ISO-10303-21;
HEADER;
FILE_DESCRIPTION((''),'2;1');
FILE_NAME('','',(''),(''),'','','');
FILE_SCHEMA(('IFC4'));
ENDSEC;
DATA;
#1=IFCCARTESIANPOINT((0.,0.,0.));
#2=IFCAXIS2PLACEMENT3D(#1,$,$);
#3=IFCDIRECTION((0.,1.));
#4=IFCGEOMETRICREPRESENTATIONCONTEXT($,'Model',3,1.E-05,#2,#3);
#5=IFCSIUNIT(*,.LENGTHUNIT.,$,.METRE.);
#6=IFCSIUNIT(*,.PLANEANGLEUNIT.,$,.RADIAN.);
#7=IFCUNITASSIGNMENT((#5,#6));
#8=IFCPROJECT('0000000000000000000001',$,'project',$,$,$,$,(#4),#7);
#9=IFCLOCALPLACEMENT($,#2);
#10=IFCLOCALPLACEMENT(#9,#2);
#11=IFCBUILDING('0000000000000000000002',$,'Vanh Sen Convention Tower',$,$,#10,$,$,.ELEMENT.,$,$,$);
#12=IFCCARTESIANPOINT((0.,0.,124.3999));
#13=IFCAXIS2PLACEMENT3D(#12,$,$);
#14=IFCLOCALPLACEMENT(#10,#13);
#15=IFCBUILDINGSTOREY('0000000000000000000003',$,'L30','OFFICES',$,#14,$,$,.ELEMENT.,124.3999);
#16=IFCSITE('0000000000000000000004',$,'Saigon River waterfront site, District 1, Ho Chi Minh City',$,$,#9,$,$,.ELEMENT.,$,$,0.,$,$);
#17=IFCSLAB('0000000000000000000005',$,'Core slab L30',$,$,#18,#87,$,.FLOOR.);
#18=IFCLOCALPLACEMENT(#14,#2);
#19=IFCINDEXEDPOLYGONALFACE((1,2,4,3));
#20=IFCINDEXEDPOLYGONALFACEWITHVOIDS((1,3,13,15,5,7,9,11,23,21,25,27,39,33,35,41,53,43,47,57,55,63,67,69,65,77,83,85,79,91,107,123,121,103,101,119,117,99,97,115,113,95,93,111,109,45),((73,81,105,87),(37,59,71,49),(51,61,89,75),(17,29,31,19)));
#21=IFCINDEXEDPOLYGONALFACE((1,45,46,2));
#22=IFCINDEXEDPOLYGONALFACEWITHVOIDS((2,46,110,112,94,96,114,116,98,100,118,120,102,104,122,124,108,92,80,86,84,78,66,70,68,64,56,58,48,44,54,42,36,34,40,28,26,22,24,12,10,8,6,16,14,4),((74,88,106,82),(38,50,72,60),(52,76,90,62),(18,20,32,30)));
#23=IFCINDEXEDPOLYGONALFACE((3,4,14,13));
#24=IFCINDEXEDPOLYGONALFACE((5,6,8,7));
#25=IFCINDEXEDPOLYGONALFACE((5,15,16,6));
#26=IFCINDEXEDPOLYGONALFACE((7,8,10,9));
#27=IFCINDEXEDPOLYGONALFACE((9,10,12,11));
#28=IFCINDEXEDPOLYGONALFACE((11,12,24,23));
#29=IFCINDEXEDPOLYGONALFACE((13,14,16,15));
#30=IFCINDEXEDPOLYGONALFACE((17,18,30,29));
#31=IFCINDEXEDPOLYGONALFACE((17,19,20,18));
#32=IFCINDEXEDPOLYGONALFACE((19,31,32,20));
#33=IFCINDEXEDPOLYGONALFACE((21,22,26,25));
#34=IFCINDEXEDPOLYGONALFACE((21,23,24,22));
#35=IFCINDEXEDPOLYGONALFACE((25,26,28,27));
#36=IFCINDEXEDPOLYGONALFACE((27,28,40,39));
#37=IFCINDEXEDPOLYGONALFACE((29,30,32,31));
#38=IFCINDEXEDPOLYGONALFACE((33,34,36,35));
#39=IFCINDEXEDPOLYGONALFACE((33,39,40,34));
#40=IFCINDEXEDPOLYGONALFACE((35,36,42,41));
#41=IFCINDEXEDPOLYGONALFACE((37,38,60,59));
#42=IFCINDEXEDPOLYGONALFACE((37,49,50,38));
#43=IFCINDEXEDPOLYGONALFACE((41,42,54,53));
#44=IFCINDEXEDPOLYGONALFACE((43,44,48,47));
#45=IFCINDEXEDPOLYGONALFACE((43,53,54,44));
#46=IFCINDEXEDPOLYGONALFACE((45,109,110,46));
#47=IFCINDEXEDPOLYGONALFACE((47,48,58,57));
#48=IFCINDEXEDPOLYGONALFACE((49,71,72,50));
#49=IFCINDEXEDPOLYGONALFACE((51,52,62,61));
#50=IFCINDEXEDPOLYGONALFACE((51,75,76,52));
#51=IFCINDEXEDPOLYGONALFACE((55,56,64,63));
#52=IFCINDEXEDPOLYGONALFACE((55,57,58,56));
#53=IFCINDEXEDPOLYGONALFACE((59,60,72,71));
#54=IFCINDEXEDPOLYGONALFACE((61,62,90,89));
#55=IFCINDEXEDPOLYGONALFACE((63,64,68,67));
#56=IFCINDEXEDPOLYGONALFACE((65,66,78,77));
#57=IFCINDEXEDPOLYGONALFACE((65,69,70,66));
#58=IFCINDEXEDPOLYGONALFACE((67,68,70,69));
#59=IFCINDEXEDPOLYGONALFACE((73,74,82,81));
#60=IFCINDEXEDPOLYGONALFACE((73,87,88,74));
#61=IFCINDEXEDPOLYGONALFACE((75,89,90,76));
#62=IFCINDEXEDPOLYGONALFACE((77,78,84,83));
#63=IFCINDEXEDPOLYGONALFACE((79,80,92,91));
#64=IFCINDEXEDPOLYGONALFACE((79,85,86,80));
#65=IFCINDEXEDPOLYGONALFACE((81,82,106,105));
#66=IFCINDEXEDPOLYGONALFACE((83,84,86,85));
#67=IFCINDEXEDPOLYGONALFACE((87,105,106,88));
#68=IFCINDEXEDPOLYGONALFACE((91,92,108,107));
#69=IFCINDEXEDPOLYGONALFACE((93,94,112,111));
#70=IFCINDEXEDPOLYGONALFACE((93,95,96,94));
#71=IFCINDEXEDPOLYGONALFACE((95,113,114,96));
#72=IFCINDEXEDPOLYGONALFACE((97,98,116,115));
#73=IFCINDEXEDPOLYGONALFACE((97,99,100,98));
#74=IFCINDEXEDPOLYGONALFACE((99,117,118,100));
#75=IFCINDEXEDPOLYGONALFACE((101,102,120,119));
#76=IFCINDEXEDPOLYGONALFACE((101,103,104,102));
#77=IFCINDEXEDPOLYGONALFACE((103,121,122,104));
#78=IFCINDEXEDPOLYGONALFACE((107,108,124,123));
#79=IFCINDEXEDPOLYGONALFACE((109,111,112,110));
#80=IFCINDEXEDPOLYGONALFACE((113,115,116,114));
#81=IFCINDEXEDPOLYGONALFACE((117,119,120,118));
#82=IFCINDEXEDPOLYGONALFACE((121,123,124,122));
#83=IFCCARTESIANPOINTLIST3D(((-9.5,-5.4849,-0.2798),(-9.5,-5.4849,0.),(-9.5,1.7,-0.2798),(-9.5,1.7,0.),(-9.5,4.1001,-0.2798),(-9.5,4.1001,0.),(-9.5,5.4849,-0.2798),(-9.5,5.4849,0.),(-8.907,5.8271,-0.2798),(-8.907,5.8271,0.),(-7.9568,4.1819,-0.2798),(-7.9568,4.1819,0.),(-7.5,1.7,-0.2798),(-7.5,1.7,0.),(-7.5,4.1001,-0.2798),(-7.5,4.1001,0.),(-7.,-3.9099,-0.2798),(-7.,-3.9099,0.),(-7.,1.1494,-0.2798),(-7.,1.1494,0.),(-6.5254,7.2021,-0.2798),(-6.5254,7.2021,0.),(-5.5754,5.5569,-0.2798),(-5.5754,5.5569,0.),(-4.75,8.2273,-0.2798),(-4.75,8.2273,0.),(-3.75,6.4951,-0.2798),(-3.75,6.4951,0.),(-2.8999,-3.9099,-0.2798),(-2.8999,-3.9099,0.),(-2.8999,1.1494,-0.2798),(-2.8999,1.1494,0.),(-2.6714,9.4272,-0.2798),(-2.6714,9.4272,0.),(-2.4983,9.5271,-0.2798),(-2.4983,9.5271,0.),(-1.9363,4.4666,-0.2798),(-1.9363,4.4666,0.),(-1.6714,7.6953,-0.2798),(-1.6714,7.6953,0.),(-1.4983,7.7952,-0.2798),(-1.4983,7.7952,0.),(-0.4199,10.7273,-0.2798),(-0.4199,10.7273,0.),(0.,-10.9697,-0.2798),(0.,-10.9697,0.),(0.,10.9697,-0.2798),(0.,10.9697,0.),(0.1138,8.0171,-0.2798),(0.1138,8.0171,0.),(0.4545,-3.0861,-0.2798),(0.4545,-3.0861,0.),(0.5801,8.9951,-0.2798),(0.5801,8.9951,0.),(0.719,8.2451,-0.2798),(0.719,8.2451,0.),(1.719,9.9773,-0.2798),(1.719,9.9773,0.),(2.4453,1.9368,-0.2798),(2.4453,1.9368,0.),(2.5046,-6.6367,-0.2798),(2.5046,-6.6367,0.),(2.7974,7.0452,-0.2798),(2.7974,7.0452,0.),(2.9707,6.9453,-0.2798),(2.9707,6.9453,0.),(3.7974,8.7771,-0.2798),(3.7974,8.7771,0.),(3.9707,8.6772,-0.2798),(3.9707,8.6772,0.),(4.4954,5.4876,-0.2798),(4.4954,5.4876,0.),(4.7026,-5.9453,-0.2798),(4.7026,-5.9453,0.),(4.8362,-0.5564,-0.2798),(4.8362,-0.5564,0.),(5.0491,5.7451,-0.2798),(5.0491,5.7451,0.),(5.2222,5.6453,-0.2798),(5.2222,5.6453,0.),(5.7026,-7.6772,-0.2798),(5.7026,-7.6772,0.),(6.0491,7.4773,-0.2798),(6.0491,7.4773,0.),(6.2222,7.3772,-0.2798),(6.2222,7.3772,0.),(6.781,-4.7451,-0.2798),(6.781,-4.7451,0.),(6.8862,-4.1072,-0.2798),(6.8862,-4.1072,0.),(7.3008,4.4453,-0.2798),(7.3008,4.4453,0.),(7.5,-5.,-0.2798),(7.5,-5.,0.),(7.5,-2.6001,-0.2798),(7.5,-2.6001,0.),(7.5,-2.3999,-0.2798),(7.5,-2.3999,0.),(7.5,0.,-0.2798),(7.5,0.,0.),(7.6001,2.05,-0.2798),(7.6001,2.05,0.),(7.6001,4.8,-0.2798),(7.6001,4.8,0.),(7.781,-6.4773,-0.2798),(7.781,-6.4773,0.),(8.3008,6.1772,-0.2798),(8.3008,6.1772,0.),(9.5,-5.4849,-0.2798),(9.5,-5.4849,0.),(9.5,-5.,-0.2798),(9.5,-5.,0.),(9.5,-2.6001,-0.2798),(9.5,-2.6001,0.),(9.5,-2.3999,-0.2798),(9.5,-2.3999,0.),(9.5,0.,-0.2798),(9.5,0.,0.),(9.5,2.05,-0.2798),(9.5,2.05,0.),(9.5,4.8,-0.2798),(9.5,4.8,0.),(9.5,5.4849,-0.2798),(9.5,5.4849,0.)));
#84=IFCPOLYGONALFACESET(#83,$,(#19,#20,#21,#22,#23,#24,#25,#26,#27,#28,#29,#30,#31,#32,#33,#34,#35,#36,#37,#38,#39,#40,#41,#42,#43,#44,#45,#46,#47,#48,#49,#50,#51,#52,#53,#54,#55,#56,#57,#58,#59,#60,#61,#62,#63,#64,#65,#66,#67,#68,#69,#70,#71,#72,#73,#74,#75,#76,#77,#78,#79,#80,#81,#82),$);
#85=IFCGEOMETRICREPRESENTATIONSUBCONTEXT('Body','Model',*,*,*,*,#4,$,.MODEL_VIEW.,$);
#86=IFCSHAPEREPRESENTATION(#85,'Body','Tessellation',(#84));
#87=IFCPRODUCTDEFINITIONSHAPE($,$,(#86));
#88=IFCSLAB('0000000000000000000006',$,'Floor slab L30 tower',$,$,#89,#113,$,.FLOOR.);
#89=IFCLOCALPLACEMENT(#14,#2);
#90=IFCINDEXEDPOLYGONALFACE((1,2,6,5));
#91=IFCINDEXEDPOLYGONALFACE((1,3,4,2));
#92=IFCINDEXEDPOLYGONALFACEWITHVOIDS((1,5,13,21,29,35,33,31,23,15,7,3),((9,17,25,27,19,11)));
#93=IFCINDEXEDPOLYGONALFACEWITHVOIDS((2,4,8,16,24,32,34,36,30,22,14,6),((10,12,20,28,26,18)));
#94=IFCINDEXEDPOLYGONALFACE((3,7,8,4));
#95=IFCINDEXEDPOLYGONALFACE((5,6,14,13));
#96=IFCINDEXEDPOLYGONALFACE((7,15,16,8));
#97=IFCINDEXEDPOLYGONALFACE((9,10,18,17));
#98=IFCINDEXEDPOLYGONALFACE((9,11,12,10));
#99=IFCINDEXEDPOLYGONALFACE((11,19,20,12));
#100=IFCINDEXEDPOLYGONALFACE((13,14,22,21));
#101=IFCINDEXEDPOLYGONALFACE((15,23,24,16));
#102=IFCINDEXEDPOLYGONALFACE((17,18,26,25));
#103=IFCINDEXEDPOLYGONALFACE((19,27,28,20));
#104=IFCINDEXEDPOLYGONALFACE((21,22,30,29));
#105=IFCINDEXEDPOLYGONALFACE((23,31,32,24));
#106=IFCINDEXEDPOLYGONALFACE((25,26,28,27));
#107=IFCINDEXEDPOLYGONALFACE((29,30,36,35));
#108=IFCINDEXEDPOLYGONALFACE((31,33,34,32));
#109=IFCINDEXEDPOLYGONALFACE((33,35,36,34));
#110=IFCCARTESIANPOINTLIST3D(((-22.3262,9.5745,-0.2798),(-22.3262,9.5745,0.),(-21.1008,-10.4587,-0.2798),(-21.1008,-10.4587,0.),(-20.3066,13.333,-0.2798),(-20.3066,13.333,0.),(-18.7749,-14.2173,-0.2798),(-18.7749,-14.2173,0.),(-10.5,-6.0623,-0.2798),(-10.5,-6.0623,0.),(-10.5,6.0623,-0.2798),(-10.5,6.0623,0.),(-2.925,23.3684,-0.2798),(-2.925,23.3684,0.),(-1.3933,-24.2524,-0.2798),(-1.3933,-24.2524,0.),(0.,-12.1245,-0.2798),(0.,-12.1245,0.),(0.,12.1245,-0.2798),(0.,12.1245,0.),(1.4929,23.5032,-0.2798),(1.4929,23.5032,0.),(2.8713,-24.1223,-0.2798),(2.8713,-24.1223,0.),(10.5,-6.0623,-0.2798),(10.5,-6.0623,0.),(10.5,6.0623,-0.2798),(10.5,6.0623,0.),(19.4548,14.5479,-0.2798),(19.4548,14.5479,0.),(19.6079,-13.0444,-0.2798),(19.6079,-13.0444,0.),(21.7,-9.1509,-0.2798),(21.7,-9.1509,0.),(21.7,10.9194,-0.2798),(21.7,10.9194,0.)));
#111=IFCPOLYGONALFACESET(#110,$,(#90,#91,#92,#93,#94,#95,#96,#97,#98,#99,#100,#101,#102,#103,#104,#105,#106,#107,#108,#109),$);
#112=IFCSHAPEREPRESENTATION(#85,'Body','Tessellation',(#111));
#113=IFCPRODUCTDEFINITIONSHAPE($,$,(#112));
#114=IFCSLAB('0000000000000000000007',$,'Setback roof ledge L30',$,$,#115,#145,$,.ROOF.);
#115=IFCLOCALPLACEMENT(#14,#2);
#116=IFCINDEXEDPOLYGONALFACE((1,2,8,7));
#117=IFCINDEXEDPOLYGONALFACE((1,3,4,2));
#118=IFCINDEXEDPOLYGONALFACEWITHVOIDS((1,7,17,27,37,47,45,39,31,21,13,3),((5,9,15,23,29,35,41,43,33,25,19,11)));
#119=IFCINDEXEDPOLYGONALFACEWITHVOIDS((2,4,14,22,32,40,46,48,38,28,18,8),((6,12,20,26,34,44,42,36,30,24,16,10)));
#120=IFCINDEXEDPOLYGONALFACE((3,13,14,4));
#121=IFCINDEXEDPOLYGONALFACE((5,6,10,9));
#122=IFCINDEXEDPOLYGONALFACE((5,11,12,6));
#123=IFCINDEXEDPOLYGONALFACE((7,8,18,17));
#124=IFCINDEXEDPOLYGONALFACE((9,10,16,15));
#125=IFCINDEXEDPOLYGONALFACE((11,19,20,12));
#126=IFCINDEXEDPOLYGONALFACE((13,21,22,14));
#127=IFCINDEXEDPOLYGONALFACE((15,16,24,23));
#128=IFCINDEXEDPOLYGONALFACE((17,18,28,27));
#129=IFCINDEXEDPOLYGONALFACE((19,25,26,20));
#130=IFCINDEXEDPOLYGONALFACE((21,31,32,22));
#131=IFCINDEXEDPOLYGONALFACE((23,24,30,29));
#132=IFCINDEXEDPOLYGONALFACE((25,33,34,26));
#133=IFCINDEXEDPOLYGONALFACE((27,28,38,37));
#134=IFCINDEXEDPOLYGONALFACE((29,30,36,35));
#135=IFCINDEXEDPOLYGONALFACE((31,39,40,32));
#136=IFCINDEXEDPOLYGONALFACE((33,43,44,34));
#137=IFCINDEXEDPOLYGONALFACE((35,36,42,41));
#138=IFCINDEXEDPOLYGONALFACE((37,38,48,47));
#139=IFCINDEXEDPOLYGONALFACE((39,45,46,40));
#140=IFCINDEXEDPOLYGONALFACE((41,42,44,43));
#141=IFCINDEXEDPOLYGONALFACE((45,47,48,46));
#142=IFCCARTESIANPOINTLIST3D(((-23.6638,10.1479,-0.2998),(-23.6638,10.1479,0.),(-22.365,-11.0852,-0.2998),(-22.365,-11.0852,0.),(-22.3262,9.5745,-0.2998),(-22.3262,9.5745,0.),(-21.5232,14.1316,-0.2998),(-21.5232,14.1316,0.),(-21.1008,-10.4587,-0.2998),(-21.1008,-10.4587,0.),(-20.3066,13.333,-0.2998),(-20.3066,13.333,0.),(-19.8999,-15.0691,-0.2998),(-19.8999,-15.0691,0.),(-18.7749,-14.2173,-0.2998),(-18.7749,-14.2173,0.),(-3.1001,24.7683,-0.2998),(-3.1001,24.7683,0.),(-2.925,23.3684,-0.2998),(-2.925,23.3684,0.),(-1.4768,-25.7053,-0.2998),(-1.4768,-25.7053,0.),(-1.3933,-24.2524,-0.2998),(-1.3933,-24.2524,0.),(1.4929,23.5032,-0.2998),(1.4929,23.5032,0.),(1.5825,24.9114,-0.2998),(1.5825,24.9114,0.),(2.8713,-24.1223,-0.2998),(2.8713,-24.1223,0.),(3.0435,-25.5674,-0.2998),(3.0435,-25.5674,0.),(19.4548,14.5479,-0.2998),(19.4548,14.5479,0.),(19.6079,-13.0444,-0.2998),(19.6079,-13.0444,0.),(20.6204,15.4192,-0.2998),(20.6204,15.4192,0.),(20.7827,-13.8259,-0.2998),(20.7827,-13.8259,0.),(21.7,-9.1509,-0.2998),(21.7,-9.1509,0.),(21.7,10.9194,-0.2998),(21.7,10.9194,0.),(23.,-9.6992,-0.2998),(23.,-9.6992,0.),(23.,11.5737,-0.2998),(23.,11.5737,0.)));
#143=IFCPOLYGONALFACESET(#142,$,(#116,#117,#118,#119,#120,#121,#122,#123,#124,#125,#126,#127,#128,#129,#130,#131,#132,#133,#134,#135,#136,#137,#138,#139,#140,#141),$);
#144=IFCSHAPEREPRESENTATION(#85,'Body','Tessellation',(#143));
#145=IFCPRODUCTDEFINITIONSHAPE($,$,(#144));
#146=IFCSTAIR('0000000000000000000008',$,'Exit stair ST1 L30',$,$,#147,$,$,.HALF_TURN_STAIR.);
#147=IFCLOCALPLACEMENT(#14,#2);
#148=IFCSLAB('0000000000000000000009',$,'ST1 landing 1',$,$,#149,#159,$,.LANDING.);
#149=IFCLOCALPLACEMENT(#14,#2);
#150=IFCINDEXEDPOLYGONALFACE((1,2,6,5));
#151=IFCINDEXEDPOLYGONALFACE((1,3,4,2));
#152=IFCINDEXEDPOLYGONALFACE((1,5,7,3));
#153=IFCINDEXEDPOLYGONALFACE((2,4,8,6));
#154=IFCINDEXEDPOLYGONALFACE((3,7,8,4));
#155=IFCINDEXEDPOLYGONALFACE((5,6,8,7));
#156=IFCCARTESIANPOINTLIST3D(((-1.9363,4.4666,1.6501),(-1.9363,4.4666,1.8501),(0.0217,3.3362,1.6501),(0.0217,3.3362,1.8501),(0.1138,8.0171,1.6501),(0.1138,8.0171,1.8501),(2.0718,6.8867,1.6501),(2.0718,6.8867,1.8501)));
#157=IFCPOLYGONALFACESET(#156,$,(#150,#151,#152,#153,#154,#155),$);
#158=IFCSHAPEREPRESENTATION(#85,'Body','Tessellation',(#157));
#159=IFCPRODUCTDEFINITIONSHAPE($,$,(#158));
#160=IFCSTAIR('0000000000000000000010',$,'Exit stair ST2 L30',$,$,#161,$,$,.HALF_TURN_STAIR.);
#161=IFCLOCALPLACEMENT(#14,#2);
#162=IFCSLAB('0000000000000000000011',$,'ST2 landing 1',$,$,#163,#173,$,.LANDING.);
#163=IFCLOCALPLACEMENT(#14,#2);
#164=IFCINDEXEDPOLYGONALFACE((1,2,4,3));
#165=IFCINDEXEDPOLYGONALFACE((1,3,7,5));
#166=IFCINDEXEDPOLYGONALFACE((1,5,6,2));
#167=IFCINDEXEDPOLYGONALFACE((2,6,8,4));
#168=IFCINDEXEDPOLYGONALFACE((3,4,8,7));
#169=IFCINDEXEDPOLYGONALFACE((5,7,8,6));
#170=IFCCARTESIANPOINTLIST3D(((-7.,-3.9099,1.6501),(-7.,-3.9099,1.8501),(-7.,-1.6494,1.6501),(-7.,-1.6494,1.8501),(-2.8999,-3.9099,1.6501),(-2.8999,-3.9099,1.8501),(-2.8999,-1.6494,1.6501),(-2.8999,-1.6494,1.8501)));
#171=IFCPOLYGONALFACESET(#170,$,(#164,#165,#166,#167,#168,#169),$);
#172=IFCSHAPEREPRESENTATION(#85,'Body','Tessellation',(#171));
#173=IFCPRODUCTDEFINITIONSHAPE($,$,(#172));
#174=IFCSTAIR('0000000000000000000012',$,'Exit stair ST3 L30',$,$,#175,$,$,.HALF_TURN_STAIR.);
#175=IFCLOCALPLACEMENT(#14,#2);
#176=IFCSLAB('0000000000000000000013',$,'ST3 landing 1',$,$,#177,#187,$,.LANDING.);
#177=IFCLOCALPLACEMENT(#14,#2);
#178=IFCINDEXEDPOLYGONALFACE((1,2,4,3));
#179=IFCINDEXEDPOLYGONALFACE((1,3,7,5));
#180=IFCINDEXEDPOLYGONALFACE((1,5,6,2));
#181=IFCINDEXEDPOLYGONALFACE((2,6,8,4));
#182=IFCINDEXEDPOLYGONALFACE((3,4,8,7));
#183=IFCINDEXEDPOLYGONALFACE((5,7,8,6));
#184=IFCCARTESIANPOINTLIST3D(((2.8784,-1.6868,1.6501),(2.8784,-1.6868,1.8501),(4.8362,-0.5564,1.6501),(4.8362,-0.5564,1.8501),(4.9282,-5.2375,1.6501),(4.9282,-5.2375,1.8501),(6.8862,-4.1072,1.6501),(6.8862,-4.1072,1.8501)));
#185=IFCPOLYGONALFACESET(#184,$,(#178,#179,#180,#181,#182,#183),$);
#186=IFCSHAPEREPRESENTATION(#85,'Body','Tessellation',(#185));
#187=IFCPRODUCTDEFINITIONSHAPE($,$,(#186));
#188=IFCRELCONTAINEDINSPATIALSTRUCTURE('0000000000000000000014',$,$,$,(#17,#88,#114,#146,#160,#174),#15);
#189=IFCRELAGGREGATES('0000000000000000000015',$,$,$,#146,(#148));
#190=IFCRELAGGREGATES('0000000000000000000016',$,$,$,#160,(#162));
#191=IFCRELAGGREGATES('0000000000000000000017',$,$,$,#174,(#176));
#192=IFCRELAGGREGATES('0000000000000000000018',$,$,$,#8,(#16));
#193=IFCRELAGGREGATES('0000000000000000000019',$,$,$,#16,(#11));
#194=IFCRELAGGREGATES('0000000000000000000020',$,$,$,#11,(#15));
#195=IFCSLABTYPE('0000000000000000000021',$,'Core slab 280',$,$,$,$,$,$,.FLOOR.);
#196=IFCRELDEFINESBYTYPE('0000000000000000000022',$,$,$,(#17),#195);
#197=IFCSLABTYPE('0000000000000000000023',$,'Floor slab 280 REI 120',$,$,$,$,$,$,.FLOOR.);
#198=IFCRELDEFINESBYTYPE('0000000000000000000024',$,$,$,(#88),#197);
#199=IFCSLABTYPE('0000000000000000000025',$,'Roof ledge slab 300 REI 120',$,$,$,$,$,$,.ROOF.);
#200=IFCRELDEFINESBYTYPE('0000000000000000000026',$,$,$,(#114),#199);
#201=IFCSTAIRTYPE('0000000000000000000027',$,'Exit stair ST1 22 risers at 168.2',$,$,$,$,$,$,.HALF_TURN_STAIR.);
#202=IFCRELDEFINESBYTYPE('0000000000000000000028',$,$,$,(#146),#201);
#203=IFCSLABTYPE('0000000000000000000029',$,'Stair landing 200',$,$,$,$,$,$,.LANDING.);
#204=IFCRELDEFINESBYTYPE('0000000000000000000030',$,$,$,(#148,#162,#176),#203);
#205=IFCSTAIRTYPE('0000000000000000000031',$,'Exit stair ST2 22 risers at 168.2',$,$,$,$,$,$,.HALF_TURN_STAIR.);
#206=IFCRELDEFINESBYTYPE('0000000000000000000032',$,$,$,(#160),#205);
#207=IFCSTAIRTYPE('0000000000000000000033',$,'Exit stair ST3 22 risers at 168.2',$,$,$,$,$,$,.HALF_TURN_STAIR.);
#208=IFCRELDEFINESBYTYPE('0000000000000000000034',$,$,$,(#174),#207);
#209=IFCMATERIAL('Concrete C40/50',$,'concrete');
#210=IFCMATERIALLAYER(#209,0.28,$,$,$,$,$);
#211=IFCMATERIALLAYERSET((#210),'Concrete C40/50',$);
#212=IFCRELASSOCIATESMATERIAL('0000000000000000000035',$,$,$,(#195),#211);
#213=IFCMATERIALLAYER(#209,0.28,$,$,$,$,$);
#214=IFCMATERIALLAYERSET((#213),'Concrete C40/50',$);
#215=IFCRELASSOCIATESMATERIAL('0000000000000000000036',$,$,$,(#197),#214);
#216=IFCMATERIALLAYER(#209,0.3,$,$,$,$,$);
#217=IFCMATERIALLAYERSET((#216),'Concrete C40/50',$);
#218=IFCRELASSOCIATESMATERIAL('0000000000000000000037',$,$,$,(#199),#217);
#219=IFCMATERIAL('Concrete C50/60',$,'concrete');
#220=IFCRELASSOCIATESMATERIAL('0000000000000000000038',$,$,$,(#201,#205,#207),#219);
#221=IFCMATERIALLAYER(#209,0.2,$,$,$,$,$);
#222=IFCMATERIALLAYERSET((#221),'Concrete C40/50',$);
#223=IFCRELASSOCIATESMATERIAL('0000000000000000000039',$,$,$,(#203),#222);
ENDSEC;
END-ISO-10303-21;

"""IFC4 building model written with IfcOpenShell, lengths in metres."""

from ifc_helpers import new_model, si_unit, direction, frame, origin, place, context, subcontext, project, spatial, polyline, outline, extrude, material, layer, layer_set, type_object, element, aggregate, save


model = new_model("IFC4")

# Units and contexts
model_context = context("Model", 3, precision=1e-05, world=origin(), true_north=direction((0.0, 1.0)))
body_context = subcontext(model_context, "Body", "Model", "MODEL_VIEW")
ifc_project = project(units=[si_unit("LENGTHUNIT", "METRE"), si_unit("PLANEANGLEUNIT", "RADIAN")], contexts=[model_context])

# Site, building, storey
site_placement = place(None, origin())
site = spatial("IfcSite", under=ifc_project, at=site_placement, Name="Saigon River waterfront site, District 1, Ho Chi Minh City", CompositionType="ELEMENT", RefElevation=0.0)
building_placement = place(site_placement, origin())
building = spatial("IfcBuilding", under=site, at=building_placement, Name="Vanh Sen Convention Tower", CompositionType="ELEMENT")
storey_placement = place(building_placement, frame((0.0, 0.0, 124.3999)))
storey = spatial("IfcBuildingStorey", under=building, at=storey_placement, Name="L30", Description="OFFICES", CompositionType="ELEMENT", Elevation=124.3999)

# Slabs
ifc_material_1 = material(Name="Concrete C40/50", Category="concrete")
ifc_layer_1 = layer(ifc_material_1, 0.28)
ifc_layer_set_1 = layer_set([ifc_layer_1], Name="Concrete C40/50")
slab_type_1 = type_object("IfcSlabType", Name="Core slab 280", PredefinedType="FLOOR", material=ifc_layer_set_1)
slab_1_placement = place(storey_placement, frame((0.0, 0.0, -0.2798)))
element("IfcSlab", 1, at=slab_1_placement, inside=storey, type_object=slab_type_1, Name="Core slab L30", PredefinedType="FLOOR", context=body_context, shape_type="SweptSolid", body=[
    extrude(outline(polyline([(9.5, 5.4849), (9.5, 4.8), (7.6001, 4.8), (7.6001, 2.05), (9.5, 2.05), (9.5, 0.0), (7.5, 0.0), (7.5, -2.3999), (9.5, -2.3999), (9.5, -2.6001), (7.5, -2.6001), (7.5, -5.0), (9.5, -5.0), (9.5, -5.4849), (0.0, -10.9697), (-9.5, -5.4849), (-9.5, 1.7), (-7.5, 1.7), (-7.5, 4.1001), (-9.5, 4.1001), (-9.5, 5.4849), (-8.907, 5.8271), (-7.9568, 4.1819), (-5.5754, 5.5569), (-6.5254, 7.2021), (-4.75, 8.2273), (-3.75, 6.4951), (-1.6714, 7.6953), (-2.6714, 9.4272), (-2.4983, 9.5271), (-1.4983, 7.7952), (0.5801, 8.9951), (-0.4199, 10.7273), (0.0, 10.9697), (1.719, 9.9773), (0.719, 8.2451), (2.7974, 7.0452), (3.7974, 8.7771), (3.9707, 8.6772), (2.9707, 6.9453), (5.0491, 5.7451), (6.0491, 7.4773), (6.2222, 7.3772), (5.2222, 5.6453), (7.3008, 4.4453), (8.3008, 6.1772), (9.5, 5.4849)]), holes=[polyline([(-7.0, 3.1499), (-7.0, -3.9099), (-2.8999, -3.9099), (-2.8999, 3.1499), (-2.8999, 1.1494), (-7.0, 1.1494), (-7.0, 3.1499)]), polyline([(4.4954, 5.4875), (6.228, 4.4873), (0.1138, 8.0171), (-1.9363, 4.4666), (2.4453, 1.9368), (4.4954, 5.4875)]), polyline([(7.781, -6.4773), (6.781, -4.7451), (4.7026, -5.9453), (5.7026, -7.6772), (7.781, -6.4773)]), polyline([(0.4546, -3.0862), (2.5046, -6.6367), (6.8862, -4.1072), (4.8362, -0.5564), (-1.2781, -4.0864), (0.4546, -3.0862)])]), origin(), (0.0, 0.0, 1.0), 0.2798),
])
ifc_layer_2 = layer(ifc_material_1, 0.28)
ifc_layer_set_2 = layer_set([ifc_layer_2], Name="Concrete C40/50")
slab_type_2 = type_object("IfcSlabType", Name="Floor slab 280 REI 120", PredefinedType="FLOOR", material=ifc_layer_set_2)
slab_2_placement = place(storey_placement, frame((0.0, 0.0, -0.2798)))
element("IfcSlab", 2, at=slab_2_placement, inside=storey, type_object=slab_type_2, Name="Floor slab L30 tower", PredefinedType="FLOOR", context=body_context, shape_type="SweptSolid", body=[
    extrude(outline(polyline([(21.7, -9.1509), (21.7, 10.9194), (19.4548, 14.5479), (1.4929, 23.5032), (-2.925, 23.3684), (-20.3066, 13.333), (-22.3262, 9.5745), (-21.1008, -10.4587), (-18.7749, -14.2173), (-1.3933, -24.2524), (2.8713, -24.1223), (19.6079, -13.0444), (21.7, -9.1509)]), holes=[polyline([(0.0, 12.1245), (-10.5, 6.0623), (-10.5, -6.0623), (0.0, -12.1245), (10.5, -6.0623), (10.5, 6.0623), (0.0, 12.1245)])]), origin(), (0.0, 0.0, 1.0), 0.2798),
])
ifc_layer_3 = layer(ifc_material_1, 0.3)
ifc_layer_set_3 = layer_set([ifc_layer_3], Name="Concrete C40/50")
slab_type_3 = type_object("IfcSlabType", Name="Roof ledge slab 300 REI 120", PredefinedType="ROOF", material=ifc_layer_set_3)
slab_3_placement = place(storey_placement, frame((0.0, 0.0, -0.2998)))
element("IfcSlab", 3, at=slab_3_placement, inside=storey, type_object=slab_type_3, Name="Setback roof ledge L30", PredefinedType="ROOF", context=body_context, shape_type="SweptSolid", body=[
    extrude(outline(polyline([(23.0, -9.6992), (23.0, 11.5737), (20.6204, 15.4192), (1.5825, 24.9114), (-3.1001, 24.7683), (-21.5232, 14.1316), (-23.6638, 10.1479), (-22.365, -11.0852), (-19.8999, -15.0691), (-1.4768, -25.7053), (3.0435, -25.5674), (20.7827, -13.8259), (23.0, -9.6992)]), holes=[polyline([(21.7, 10.9194), (19.4548, 14.5479), (1.4929, 23.5032), (-2.925, 23.3684), (-20.3066, 13.333), (-22.3262, 9.5745), (-21.1008, -10.4587), (-18.7749, -14.2173), (-1.3933, -24.2524), (2.8713, -24.1223), (19.6079, -13.0444), (21.7, -9.1509), (21.7, 10.9194)])]), origin(), (0.0, 0.0, 1.0), 0.2998),
])

# Stairs, slabs
ifc_material_2 = material(Name="Concrete C50/60", Category="concrete")
stair_type_1 = type_object("IfcStairType", Name="Exit stair ST1 22 risers at 168.2", PredefinedType="HALF_TURN_STAIR", material=ifc_material_2)
stair_1_placement = place(storey_placement, origin())
stair_1 = element("IfcStair", 4, at=stair_1_placement, inside=storey, type_object=stair_type_1, Name="Exit stair ST1 L30", PredefinedType="HALF_TURN_STAIR")
ifc_layer_4 = layer(ifc_material_1, 0.2)
ifc_layer_set_4 = layer_set([ifc_layer_4], Name="Concrete C40/50")
slab_type_4 = type_object("IfcSlabType", Name="Stair landing 200", PredefinedType="LANDING", material=ifc_layer_set_4)
slab_4_placement = place(storey_placement, frame((0.0, 0.0, 1.6501)))
slab_4 = element("IfcSlab", 5, at=slab_4_placement, type_object=slab_type_4, Name="ST1 landing 1", PredefinedType="LANDING", context=body_context, shape_type="SweptSolid", body=[
    extrude(outline(polyline([(2.0718, 6.8867), (0.1138, 8.0171), (-1.9363, 4.4666), (0.0217, 3.3362), (2.0718, 6.8867)])), origin(), (0.0, 0.0, 1.0), 0.2),
])
aggregate(stair_1, [slab_4])
stair_type_2 = type_object("IfcStairType", Name="Exit stair ST2 22 risers at 168.2", PredefinedType="HALF_TURN_STAIR", material=ifc_material_2)
stair_2_placement = place(storey_placement, origin())
stair_2 = element("IfcStair", 6, at=stair_2_placement, inside=storey, type_object=stair_type_2, Name="Exit stair ST2 L30", PredefinedType="HALF_TURN_STAIR")
slab_5_placement = place(storey_placement, frame((0.0, 0.0, 1.6501)))
slab_5 = element("IfcSlab", 7, at=slab_5_placement, type_object=slab_type_4, Name="ST2 landing 1", PredefinedType="LANDING", context=body_context, shape_type="SweptSolid", body=[
    extrude(outline(polyline([(-7.0, -1.6494), (-7.0, -3.9099), (-2.8999, -3.9099), (-2.8999, -1.6494), (-7.0, -1.6494)])), origin(), (0.0, 0.0, 1.0), 0.2),
])
aggregate(stair_2, [slab_5])
stair_type_3 = type_object("IfcStairType", Name="Exit stair ST3 22 risers at 168.2", PredefinedType="HALF_TURN_STAIR", material=ifc_material_2)
stair_3_placement = place(storey_placement, origin())
stair_3 = element("IfcStair", 8, at=stair_3_placement, inside=storey, type_object=stair_type_3, Name="Exit stair ST3 L30", PredefinedType="HALF_TURN_STAIR")
slab_6_placement = place(storey_placement, frame((0.0, 0.0, 1.6501)))
slab_6 = element("IfcSlab", 9, at=slab_6_placement, type_object=slab_type_4, Name="ST3 landing 1", PredefinedType="LANDING", context=body_context, shape_type="SweptSolid", body=[
    extrude(outline(polyline([(4.9282, -5.2375), (6.8862, -4.1072), (4.8362, -0.5564), (2.8784, -1.6868), (4.9282, -5.2375)])), origin(), (0.0, 0.0, 1.0), 0.2),
])
aggregate(stair_3, [slab_6])

save(model, "model.ifc")
